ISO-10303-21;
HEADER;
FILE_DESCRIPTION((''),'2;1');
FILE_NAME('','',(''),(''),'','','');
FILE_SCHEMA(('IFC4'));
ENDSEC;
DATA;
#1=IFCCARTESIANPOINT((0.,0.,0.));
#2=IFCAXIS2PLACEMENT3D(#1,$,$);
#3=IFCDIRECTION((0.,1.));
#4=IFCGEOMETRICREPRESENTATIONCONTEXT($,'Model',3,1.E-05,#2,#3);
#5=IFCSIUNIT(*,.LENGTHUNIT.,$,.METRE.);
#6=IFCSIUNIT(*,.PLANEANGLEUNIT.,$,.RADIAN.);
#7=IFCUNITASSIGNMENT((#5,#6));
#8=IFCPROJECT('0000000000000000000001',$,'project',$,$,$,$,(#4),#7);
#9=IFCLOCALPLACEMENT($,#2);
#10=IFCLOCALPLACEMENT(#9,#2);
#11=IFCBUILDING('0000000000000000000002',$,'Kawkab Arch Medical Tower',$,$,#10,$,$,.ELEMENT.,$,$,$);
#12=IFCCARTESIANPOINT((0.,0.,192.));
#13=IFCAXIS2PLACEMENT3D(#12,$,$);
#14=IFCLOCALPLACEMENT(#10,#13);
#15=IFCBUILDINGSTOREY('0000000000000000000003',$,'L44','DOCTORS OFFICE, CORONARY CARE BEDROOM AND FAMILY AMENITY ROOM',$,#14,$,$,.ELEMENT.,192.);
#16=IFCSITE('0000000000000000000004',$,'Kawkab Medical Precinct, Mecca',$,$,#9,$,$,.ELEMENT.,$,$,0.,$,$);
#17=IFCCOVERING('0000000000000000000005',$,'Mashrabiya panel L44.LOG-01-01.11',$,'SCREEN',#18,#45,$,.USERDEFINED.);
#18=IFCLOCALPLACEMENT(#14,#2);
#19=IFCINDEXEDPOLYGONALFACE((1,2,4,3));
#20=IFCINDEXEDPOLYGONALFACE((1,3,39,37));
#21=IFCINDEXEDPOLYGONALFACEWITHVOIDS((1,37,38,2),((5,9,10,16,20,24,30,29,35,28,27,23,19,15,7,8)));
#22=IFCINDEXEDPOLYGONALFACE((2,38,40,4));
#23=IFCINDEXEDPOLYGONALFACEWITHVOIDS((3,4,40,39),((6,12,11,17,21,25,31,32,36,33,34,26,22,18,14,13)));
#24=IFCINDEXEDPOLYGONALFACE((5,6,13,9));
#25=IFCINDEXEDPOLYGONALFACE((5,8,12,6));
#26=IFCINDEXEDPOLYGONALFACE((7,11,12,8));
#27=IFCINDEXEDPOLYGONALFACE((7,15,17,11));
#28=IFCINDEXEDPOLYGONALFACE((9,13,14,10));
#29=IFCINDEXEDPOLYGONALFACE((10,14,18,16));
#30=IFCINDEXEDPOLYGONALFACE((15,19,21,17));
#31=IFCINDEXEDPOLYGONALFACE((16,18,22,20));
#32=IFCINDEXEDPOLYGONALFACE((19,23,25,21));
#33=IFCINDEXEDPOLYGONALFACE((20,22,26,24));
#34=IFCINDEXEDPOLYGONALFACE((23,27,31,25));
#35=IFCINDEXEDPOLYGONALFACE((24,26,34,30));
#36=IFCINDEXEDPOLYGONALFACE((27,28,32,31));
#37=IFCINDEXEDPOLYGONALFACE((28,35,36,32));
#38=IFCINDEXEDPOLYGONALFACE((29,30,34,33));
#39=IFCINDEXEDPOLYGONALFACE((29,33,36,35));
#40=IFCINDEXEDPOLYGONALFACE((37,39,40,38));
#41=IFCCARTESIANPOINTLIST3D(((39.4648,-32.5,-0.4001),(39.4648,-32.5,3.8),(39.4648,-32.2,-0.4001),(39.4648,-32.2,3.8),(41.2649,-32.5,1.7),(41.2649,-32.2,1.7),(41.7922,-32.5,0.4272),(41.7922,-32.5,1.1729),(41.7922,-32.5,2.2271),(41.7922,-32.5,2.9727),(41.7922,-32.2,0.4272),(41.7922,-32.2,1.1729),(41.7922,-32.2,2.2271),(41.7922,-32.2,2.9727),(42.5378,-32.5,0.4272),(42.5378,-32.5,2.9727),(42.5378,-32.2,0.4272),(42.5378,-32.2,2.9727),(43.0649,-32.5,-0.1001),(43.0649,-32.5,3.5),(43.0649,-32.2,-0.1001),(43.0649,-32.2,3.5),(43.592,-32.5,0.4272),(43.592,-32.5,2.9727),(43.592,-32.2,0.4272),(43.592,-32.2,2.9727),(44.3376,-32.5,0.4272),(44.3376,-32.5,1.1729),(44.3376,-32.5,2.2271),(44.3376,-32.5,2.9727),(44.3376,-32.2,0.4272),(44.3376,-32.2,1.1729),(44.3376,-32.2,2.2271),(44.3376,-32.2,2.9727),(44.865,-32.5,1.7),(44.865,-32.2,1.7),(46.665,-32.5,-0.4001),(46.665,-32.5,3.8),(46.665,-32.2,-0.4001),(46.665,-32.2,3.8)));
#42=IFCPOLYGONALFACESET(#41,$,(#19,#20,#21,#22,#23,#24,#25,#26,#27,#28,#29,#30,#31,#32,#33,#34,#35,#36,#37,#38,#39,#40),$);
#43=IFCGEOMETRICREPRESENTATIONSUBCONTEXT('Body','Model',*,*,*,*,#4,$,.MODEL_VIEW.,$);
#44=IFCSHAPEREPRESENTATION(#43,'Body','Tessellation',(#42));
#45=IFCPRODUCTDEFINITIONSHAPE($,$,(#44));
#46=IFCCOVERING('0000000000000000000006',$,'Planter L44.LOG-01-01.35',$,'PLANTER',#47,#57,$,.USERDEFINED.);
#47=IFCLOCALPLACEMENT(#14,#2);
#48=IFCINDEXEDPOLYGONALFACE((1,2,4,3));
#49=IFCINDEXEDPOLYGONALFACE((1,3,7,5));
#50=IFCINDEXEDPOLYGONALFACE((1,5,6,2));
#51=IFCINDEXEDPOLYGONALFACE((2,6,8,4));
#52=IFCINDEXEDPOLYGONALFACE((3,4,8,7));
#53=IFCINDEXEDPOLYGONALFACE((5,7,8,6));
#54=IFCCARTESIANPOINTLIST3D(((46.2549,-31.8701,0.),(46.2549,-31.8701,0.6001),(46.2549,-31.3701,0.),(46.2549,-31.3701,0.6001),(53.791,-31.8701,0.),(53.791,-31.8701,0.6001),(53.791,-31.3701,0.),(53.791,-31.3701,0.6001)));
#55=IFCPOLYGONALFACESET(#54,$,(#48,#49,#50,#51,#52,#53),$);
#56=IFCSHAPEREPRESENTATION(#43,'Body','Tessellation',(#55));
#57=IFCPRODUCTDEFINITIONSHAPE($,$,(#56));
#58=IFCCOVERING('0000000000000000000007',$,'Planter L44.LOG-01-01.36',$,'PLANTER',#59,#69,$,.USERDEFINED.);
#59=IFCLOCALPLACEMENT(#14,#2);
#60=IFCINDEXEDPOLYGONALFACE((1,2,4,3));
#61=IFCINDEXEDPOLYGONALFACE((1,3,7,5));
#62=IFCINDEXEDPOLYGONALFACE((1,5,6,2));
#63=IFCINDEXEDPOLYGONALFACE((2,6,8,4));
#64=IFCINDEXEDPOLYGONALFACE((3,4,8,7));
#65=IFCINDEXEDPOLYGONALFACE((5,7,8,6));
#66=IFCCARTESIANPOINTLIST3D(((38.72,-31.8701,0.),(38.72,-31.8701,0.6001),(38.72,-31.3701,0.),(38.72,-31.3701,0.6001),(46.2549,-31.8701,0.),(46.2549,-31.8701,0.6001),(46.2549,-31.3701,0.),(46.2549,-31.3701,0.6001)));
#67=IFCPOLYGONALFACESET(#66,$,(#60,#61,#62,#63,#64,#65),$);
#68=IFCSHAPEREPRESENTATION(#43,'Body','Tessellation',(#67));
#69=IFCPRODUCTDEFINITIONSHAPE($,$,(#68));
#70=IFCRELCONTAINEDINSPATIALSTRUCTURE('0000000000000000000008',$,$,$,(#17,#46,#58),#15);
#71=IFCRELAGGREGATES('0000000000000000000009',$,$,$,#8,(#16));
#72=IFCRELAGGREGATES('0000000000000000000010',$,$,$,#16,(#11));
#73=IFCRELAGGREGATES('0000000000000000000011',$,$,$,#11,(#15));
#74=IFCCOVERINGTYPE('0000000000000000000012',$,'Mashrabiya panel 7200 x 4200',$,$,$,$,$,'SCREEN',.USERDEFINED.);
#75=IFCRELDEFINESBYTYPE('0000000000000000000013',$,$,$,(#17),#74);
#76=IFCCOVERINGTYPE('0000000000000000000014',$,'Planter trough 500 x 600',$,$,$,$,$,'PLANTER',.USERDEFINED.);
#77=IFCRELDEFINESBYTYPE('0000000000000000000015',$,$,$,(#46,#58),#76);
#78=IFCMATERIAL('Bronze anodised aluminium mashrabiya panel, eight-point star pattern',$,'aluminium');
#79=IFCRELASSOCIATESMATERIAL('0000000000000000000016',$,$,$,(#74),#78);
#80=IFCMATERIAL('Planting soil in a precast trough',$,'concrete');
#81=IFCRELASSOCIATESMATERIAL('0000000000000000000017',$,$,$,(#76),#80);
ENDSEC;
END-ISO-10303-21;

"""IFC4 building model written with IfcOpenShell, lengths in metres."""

from ifc_helpers import new_model, si_unit, direction, frame, origin, origin_2d, place, context, subcontext, project, spatial, polyline, rectangle, outline, extrude, material, material_profile, profile_set, type_object, element, save


model = new_model("IFC4")

# Units and contexts
model_context = context("Model", 3, precision=1e-05, world=origin(), true_north=direction((0.0, 1.0)))
body_context = subcontext(model_context, "Body", "Model", "MODEL_VIEW")
ifc_project = project(units=[si_unit("LENGTHUNIT", "METRE"), si_unit("PLANEANGLEUNIT", "RADIAN")], contexts=[model_context])

# Site, building, storey
site_placement = place(None, origin())
site = spatial("IfcSite", under=ifc_project, at=site_placement, Name="Kawkab Medical Precinct, Mecca", CompositionType="ELEMENT", RefElevation=0.0)
building_placement = place(site_placement, origin())
building = spatial("IfcBuilding", under=site, at=building_placement, Name="Kawkab Arch Medical Tower", CompositionType="ELEMENT")
storey_placement = place(building_placement, frame((0.0, 0.0, 192.0)))
storey = spatial("IfcBuildingStorey", under=building, at=storey_placement, Name="L44", Description="DOCTORS OFFICE, CORONARY CARE BEDROOM AND FAMILY AMENITY ROOM", CompositionType="ELEMENT", Elevation=192.0)

# Coverings
ifc_material_1 = material(Name="Bronze anodised aluminium mashrabiya panel, eight-point star pattern", Category="aluminium")
ifc_material_profile_1 = material_profile(ifc_material_1, outline(polyline([(-3.6001, -2.1001), (3.6001, -2.1001), (3.6001, 2.1001), (-3.6001, 2.1001), (-3.6001, -2.1001)]), holes=[polyline([(1.8, 0.0), (1.2727, 0.5271), (1.2727, 1.2727), (0.5271, 1.2727), (0.0, 1.8), (-0.5271, 1.2727), (-1.2727, 1.2727), (-1.2727, 0.5271), (-1.8, 0.0), (-1.2727, -0.5271), (-1.2727, -1.2727), (-0.5271, -1.2727), (0.0, -1.8), (0.5271, -1.2727), (1.2727, -1.2727), (1.2727, -0.5271), (1.8, 0.0)])]), Name="Mashrabiya panel 7200x4200")
ifc_profile_set_1 = profile_set([ifc_material_profile_1], Name="Bronze anodised aluminium mashrabiya panel, eight-point star pattern")
covering_type_1 = type_object("IfcCoveringType", Name="Mashrabiya panel 7200 x 4200", ElementType="SCREEN", PredefinedType="USERDEFINED", material=ifc_profile_set_1)
covering_1_placement = place(storey_placement, frame((43.0649, -32.2, 1.7), z_axis=(0.0, -1.0, 0.0), x_axis=(1.0, 0.0, 0.0)))
element("IfcCovering", 1, at=covering_1_placement, inside=storey, type_object=covering_type_1, Name="Mashrabiya panel L44.LOG-01-01.11", ObjectType="SCREEN", PredefinedType="USERDEFINED", context=body_context, shape_type="SweptSolid", body=[
    extrude(outline(polyline([(-3.6001, -2.1001), (3.6001, -2.1001), (3.6001, 2.1001), (-3.6001, 2.1001), (-3.6001, -2.1001)]), holes=[polyline([(1.8, 0.0), (1.2727, 0.5271), (1.2727, 1.2727), (0.5271, 1.2727), (0.0, 1.8), (-0.5271, 1.2727), (-1.2727, 1.2727), (-1.2727, 0.5271), (-1.8, 0.0), (-1.2727, -0.5271), (-1.2727, -1.2727), (-0.5271, -1.2727), (0.0, -1.8), (0.5271, -1.2727), (1.2727, -1.2727), (1.2727, -0.5271), (1.8, 0.0)])]), origin(), (0.0, 0.0, 1.0), 0.3),
])
ifc_material_2 = material(Name="Planting soil in a precast trough", Category="concrete")
ifc_material_profile_2 = material_profile(ifc_material_2, rectangle(XDim=0.5, YDim=0.6001, at=origin_2d()), Name="Trough 500x600")
ifc_profile_set_2 = profile_set([ifc_material_profile_2], Name="Planting soil in a precast trough")
covering_type_2 = type_object("IfcCoveringType", Name="Planter trough 500 x 600", ElementType="PLANTER", PredefinedType="USERDEFINED", material=ifc_profile_set_2)
covering_2_placement = place(storey_placement, frame((53.791, -31.6201, 0.3), z_axis=(-1.0, 0.0, 0.0), x_axis=(0.0, -1.0, 0.0)))
element("IfcCovering", 2, at=covering_2_placement, inside=storey, type_object=covering_type_2, Name="Planter L44.LOG-01-01.35", ObjectType="PLANTER", PredefinedType="USERDEFINED", context=body_context, shape_type="SweptSolid", body=[
    extrude(rectangle(XDim=0.5, YDim=0.6001, at=origin_2d()), origin(), (0.0, 0.0, 1.0), 7.5361),
])
covering_3_placement = place(storey_placement, frame((46.2549, -31.6201, 0.3), z_axis=(-1.0, 0.0, 0.0), x_axis=(0.0, -1.0, 0.0)))
element("IfcCovering", 3, at=covering_3_placement, inside=storey, type_object=covering_type_2, Name="Planter L44.LOG-01-01.36", ObjectType="PLANTER", PredefinedType="USERDEFINED", context=body_context, shape_type="SweptSolid", body=[
    extrude(rectangle(XDim=0.5, YDim=0.6001, at=origin_2d()), origin(), (0.0, 0.0, 1.0), 7.5349),
])

save(model, "model.ifc")
